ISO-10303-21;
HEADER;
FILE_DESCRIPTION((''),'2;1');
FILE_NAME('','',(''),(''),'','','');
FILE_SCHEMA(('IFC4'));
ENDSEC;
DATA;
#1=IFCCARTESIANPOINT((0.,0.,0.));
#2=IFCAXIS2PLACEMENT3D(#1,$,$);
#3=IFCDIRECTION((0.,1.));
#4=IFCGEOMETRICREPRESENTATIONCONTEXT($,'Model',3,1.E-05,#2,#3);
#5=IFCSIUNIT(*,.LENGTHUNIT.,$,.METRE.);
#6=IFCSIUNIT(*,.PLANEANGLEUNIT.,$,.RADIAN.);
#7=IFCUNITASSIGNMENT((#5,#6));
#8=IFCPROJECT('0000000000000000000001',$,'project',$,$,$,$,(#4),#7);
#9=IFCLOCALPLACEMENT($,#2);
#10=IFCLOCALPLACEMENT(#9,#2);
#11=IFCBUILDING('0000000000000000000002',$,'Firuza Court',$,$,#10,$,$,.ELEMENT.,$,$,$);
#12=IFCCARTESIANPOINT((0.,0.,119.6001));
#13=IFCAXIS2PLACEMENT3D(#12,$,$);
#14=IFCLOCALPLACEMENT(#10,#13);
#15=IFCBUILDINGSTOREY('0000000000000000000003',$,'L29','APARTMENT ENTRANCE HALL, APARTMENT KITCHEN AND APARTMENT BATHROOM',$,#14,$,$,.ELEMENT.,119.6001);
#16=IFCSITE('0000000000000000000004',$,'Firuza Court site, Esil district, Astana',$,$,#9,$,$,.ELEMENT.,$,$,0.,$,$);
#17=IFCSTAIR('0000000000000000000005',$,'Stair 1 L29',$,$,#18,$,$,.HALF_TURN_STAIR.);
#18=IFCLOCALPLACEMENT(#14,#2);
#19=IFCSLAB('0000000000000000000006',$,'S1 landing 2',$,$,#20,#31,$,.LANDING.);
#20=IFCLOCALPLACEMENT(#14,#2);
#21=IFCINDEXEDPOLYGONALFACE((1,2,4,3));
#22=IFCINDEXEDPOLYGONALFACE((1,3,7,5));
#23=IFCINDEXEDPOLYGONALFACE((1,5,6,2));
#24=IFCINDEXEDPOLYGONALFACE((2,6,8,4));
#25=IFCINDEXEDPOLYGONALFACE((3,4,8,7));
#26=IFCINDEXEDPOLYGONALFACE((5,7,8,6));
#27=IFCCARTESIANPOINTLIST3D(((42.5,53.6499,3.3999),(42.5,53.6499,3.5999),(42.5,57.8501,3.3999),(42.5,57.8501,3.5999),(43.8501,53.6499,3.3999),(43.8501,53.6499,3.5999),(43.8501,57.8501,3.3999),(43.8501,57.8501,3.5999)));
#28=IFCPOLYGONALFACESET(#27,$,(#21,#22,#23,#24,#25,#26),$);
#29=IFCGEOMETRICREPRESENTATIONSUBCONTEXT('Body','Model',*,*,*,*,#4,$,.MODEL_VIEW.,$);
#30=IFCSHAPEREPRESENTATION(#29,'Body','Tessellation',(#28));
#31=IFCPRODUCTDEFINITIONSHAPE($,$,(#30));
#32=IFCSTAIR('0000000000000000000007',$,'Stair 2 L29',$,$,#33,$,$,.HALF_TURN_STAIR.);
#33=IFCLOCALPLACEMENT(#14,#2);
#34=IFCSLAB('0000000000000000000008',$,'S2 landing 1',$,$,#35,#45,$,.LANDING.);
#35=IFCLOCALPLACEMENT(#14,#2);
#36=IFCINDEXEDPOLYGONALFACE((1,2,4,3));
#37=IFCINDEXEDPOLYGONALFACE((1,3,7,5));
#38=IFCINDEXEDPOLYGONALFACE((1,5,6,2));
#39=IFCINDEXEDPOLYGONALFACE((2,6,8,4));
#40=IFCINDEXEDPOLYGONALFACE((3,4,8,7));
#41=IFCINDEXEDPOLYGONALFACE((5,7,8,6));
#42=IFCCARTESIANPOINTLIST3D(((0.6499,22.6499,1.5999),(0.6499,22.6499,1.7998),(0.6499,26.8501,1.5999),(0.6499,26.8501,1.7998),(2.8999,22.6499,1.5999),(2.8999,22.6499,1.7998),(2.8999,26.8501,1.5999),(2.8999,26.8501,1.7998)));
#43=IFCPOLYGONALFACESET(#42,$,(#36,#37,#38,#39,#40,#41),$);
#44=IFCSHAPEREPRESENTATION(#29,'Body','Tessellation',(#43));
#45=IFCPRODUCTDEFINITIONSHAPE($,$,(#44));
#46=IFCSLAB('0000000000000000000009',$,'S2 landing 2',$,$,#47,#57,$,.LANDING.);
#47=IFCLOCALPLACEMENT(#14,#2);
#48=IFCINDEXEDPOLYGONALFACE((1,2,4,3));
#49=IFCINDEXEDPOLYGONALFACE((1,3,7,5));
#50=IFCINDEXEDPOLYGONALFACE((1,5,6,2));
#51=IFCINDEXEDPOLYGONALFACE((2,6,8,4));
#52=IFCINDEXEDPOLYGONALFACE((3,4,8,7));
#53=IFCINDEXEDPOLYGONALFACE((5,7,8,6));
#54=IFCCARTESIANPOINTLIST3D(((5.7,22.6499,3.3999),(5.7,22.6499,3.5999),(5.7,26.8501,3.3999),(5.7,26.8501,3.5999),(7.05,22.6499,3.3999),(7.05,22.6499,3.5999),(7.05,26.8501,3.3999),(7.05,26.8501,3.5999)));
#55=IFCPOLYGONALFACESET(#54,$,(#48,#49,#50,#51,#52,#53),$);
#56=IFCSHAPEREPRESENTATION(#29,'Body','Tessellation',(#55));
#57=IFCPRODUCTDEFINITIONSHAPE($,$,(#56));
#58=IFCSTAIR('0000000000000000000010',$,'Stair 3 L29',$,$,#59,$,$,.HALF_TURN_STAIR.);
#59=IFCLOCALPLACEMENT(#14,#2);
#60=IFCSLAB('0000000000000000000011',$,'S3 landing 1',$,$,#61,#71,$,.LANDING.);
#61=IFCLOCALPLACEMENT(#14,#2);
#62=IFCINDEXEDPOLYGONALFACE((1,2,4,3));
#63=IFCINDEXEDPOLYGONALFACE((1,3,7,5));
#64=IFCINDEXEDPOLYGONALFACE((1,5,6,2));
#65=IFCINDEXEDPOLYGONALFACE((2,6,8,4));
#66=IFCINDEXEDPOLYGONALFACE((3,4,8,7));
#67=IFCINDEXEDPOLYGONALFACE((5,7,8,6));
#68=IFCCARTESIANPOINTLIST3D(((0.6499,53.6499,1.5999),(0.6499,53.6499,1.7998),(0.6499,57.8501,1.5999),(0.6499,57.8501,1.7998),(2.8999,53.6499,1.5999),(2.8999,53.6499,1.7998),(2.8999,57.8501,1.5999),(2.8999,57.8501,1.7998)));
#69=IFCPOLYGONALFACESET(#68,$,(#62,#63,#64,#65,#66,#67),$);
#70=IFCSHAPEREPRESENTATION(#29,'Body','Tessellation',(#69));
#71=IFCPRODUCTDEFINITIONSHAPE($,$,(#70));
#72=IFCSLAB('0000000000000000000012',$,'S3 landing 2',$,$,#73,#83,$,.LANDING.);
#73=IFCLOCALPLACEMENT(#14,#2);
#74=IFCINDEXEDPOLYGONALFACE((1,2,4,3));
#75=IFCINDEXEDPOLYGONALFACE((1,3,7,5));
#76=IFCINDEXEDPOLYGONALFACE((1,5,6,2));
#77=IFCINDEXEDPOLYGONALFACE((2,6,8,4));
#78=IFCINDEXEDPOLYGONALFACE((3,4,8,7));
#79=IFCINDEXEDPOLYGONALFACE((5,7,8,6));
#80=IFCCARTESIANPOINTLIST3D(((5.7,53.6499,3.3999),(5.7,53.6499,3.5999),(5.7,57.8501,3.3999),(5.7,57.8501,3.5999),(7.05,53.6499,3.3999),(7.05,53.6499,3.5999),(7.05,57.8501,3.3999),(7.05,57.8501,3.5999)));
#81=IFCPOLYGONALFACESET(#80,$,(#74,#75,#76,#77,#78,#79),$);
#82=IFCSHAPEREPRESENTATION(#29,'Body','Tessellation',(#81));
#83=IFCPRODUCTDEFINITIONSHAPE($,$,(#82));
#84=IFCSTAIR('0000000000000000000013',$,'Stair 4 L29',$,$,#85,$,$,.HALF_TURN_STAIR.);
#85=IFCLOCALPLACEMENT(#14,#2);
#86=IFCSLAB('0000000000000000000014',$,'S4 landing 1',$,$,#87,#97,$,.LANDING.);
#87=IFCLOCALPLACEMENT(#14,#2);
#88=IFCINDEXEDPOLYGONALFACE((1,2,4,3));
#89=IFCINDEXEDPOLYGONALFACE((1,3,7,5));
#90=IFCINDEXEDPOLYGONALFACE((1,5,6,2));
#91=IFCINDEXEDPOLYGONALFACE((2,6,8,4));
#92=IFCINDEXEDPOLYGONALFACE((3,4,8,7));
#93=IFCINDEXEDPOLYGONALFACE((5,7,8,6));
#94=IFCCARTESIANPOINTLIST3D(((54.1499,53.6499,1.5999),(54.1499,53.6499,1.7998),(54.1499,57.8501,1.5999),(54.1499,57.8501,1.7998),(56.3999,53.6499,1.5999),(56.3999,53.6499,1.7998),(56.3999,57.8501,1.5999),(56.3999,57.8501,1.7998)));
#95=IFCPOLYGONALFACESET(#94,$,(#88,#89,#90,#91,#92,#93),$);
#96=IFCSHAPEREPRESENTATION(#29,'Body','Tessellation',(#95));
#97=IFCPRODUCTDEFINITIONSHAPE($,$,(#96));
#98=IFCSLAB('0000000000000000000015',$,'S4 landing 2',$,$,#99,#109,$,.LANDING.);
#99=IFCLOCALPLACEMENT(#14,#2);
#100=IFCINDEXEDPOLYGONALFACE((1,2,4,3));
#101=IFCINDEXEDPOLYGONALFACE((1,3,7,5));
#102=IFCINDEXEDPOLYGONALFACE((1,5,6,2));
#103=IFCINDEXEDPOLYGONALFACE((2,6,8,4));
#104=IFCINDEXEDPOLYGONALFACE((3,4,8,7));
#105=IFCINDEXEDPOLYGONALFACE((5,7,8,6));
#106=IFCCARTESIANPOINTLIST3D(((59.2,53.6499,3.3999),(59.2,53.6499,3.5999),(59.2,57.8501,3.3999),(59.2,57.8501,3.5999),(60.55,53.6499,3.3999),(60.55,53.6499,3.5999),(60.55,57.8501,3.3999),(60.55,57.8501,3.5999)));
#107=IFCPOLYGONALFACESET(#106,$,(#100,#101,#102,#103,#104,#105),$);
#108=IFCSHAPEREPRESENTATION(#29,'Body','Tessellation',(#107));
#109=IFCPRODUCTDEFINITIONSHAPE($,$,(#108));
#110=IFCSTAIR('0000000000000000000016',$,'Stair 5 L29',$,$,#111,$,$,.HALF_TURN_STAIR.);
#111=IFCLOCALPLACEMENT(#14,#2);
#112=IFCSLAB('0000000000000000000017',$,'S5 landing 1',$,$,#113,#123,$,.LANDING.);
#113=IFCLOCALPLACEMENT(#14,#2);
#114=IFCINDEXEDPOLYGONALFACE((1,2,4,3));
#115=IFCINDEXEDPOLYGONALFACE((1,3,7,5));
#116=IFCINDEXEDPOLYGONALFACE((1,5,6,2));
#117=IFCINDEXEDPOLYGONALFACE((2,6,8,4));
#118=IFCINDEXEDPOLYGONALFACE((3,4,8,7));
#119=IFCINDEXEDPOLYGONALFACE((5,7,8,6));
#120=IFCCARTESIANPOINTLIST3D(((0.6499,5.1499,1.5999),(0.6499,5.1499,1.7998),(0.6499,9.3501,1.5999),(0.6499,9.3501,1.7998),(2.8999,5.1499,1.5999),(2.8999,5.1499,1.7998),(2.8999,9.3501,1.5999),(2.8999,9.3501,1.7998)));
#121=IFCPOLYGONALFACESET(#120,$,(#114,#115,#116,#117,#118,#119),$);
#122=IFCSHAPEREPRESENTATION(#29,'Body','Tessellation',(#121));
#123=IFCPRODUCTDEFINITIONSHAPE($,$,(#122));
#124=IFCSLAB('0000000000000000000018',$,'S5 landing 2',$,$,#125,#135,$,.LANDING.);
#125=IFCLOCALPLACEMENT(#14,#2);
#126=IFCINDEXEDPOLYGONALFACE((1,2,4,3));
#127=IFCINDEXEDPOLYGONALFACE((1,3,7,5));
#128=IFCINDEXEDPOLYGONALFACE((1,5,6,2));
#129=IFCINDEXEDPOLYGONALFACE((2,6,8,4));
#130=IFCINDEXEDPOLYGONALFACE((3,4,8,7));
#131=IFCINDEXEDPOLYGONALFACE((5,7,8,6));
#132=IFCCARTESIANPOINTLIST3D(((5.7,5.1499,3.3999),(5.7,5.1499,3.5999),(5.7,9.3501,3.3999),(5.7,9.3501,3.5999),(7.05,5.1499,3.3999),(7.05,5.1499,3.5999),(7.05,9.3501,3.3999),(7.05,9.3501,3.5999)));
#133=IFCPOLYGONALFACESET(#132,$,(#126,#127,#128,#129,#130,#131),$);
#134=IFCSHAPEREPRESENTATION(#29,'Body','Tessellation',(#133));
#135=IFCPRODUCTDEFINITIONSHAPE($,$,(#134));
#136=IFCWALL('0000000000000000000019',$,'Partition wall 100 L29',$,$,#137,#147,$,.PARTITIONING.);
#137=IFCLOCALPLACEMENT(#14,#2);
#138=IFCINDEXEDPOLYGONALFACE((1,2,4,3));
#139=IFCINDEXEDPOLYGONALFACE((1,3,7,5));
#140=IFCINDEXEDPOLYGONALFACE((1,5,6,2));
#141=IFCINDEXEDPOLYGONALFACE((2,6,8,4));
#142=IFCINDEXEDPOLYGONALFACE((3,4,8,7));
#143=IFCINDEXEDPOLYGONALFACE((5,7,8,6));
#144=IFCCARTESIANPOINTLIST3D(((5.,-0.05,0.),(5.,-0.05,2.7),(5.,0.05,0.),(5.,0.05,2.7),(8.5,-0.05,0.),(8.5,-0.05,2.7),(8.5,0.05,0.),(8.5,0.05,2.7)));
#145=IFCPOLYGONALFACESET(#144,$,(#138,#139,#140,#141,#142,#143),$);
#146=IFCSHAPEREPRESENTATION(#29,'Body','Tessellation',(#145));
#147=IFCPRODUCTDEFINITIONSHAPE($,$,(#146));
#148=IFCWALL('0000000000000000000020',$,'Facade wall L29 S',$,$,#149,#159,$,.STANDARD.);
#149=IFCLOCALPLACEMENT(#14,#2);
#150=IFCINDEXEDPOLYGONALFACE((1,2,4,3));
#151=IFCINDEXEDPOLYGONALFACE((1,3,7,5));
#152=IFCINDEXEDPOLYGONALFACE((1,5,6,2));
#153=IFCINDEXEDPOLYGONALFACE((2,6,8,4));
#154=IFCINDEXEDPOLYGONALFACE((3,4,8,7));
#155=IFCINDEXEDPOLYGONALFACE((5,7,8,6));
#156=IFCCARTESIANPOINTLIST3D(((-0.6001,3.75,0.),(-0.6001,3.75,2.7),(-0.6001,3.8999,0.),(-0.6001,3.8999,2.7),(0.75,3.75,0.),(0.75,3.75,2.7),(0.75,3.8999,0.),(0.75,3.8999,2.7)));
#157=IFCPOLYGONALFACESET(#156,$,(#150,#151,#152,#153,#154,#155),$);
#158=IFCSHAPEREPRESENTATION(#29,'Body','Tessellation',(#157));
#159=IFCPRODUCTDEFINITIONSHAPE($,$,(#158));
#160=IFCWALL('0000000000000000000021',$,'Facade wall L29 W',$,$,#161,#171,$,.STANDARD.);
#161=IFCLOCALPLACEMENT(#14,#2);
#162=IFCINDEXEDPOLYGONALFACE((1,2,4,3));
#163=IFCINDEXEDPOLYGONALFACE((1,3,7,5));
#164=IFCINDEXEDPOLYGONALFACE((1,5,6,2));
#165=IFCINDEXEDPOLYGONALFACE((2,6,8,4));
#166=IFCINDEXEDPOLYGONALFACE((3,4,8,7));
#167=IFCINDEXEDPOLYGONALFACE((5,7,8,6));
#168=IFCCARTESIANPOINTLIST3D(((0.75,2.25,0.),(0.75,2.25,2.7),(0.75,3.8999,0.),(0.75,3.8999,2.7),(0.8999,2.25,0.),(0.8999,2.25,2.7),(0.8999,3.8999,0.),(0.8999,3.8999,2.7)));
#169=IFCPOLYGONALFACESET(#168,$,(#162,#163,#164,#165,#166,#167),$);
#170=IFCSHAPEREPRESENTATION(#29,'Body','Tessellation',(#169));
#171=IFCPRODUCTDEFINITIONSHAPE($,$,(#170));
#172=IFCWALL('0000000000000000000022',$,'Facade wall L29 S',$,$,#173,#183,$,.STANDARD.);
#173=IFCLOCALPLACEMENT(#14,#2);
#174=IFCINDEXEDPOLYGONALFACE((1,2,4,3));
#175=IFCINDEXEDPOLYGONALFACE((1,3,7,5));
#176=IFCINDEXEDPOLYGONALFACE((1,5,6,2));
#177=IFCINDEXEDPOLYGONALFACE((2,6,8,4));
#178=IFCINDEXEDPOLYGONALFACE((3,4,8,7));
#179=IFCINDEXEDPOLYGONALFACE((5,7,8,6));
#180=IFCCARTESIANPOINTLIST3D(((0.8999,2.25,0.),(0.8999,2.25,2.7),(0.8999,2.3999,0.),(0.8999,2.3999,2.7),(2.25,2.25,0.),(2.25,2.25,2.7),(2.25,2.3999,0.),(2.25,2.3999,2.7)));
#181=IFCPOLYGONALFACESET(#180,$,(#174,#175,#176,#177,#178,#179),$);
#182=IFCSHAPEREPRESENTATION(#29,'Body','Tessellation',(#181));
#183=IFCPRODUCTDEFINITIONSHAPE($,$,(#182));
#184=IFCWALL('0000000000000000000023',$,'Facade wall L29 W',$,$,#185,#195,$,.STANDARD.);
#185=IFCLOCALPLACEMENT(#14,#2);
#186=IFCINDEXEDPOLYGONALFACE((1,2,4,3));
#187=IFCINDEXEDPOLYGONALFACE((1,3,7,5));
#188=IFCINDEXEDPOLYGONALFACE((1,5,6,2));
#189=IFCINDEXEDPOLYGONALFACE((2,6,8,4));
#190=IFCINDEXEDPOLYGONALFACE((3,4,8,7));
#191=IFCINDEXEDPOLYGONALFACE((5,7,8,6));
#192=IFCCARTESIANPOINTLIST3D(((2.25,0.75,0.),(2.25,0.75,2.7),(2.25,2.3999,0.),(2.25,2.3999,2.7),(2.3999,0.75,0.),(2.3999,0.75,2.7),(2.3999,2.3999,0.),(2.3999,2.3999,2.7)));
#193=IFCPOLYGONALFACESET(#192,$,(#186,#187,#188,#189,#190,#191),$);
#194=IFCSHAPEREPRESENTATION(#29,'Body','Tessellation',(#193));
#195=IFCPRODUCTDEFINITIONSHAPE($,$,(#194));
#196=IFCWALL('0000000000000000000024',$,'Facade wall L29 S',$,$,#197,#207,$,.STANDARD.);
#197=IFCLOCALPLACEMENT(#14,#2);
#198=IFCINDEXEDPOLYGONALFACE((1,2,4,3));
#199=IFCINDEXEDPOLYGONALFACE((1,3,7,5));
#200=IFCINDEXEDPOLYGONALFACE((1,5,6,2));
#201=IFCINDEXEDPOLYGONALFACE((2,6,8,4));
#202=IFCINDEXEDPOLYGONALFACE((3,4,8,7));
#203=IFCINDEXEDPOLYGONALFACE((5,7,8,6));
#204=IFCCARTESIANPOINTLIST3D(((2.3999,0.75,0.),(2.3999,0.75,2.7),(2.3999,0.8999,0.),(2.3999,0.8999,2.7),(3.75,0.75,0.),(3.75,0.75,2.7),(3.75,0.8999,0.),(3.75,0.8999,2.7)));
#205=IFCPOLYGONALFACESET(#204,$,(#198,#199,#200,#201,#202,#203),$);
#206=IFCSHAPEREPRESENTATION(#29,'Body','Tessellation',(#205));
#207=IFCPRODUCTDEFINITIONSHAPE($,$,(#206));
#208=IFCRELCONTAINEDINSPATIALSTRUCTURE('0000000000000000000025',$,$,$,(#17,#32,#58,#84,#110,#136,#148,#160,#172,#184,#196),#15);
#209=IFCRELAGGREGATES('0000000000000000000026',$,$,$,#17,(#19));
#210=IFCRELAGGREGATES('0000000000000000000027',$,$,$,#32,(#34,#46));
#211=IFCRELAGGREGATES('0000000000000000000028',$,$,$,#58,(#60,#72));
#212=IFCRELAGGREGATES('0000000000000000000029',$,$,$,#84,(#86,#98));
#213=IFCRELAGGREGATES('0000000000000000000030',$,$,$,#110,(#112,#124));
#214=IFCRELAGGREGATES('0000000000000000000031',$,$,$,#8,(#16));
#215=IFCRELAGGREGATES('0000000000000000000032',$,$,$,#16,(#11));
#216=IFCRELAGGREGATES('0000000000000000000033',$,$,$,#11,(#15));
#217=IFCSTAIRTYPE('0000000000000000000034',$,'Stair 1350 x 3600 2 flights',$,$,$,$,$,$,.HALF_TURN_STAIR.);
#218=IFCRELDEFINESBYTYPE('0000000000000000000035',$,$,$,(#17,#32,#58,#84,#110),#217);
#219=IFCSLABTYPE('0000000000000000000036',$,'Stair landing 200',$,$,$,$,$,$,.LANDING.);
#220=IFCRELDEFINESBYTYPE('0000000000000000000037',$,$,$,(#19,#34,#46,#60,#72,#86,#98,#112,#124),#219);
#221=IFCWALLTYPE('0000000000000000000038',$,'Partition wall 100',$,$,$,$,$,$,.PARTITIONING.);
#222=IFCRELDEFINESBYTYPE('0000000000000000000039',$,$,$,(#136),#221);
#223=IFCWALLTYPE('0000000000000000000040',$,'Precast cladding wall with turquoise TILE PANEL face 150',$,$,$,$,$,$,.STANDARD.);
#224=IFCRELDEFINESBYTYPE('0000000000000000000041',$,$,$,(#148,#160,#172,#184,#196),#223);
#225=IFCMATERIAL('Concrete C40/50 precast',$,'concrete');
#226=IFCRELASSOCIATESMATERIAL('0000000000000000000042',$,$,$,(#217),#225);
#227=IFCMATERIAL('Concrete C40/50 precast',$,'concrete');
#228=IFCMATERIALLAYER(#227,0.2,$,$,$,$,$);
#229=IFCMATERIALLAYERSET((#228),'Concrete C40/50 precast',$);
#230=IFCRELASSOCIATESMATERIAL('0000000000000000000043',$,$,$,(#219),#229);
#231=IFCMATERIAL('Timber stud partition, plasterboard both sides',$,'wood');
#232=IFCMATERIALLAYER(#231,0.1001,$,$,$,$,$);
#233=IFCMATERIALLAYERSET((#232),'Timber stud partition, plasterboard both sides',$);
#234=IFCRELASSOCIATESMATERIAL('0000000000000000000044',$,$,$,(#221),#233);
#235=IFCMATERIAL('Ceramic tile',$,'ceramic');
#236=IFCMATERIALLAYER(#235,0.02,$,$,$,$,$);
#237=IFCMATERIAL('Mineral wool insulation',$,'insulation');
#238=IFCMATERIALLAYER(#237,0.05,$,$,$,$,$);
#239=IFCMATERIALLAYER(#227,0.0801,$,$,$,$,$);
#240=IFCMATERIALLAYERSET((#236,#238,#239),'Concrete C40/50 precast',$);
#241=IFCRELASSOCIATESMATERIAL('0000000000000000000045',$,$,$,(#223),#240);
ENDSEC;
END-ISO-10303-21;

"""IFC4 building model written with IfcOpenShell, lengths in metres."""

from ifc_helpers import new_model, si_unit, direction, frame, frame_2d, origin, place, context, subcontext, project, spatial, polyline, rectangle, outline, extrude, material, layer, layer_set, type_object, element, aggregate, save


model = new_model("IFC4")

# Units and contexts
model_context = context("Model", 3, precision=1e-05, world=origin(), true_north=direction((0.0, 1.0)))
body_context = subcontext(model_context, "Body", "Model", "MODEL_VIEW")
ifc_project = project(units=[si_unit("LENGTHUNIT", "METRE"), si_unit("PLANEANGLEUNIT", "RADIAN")], contexts=[model_context])

# Site, building, storey
site_placement = place(None, origin())
site = spatial("IfcSite", under=ifc_project, at=site_placement, Name="Firuza Court site, Esil district, Astana", CompositionType="ELEMENT", RefElevation=0.0)
building_placement = place(site_placement, origin())
building = spatial("IfcBuilding", under=site, at=building_placement, Name="Firuza Court", CompositionType="ELEMENT")
storey_placement = place(building_placement, frame((0.0, 0.0, 119.6001)))
storey = spatial("IfcBuildingStorey", under=building, at=storey_placement, Name="L29", Description="APARTMENT ENTRANCE HALL, APARTMENT KITCHEN AND APARTMENT BATHROOM", CompositionType="ELEMENT", Elevation=119.6001)

# Stairs, slabs
ifc_material_1 = material(Name="Concrete C40/50 precast", Category="concrete")
stair_type = type_object("IfcStairType", Name="Stair 1350 x 3600 2 flights", PredefinedType="HALF_TURN_STAIR", material=ifc_material_1)
stair_1_placement = place(storey_placement, origin())
stair_1 = element("IfcStair", 1, at=stair_1_placement, inside=storey, type_object=stair_type, Name="Stair 1 L29", PredefinedType="HALF_TURN_STAIR")
ifc_material_2 = material(Name="Concrete C40/50 precast", Category="concrete")
ifc_layer_1 = layer(ifc_material_2, 0.2)
ifc_layer_set_1 = layer_set([ifc_layer_1], Name="Concrete C40/50 precast")
slab_type_1 = type_object("IfcSlabType", Name="Stair landing 200", PredefinedType="LANDING", material=ifc_layer_set_1)
slab_1_placement = place(storey_placement, frame((0.0, 0.0, 3.3999)))
slab_1 = element("IfcSlab", 2, at=slab_1_placement, type_object=slab_type_1, Name="S1 landing 2", PredefinedType="LANDING", context=body_context, shape_type="SweptSolid", body=[
    extrude(outline(polyline([(43.8501, 53.6499), (43.8501, 57.8501), (42.5, 57.8501), (42.5, 53.6499), (43.8501, 53.6499)])), origin(), (0.0, 0.0, 1.0), 0.2),
])
aggregate(stair_1, [slab_1])
stair_2_placement = place(storey_placement, origin())
stair_2 = element("IfcStair", 3, at=stair_2_placement, inside=storey, type_object=stair_type, Name="Stair 2 L29", PredefinedType="HALF_TURN_STAIR")
slab_2_placement = place(storey_placement, frame((0.0, 0.0, 1.5999)))
slab_2 = element("IfcSlab", 4, at=slab_2_placement, type_object=slab_type_1, Name="S2 landing 1", PredefinedType="LANDING", context=body_context, shape_type="SweptSolid", body=[
    extrude(outline(polyline([(2.8999, 22.6499), (2.8999, 26.8501), (0.6499, 26.8501), (0.6499, 22.6499), (2.8999, 22.6499)])), origin(), (0.0, 0.0, 1.0), 0.2),
])
slab_3_placement = place(storey_placement, frame((0.0, 0.0, 3.3999)))
slab_3 = element("IfcSlab", 5, at=slab_3_placement, type_object=slab_type_1, Name="S2 landing 2", PredefinedType="LANDING", context=body_context, shape_type="SweptSolid", body=[
    extrude(outline(polyline([(7.05, 22.6499), (7.05, 26.8501), (5.7, 26.8501), (5.7, 22.6499), (7.05, 22.6499)])), origin(), (0.0, 0.0, 1.0), 0.2),
])
aggregate(stair_2, [slab_2, slab_3])
stair_3_placement = place(storey_placement, origin())
stair_3 = element("IfcStair", 6, at=stair_3_placement, inside=storey, type_object=stair_type, Name="Stair 3 L29", PredefinedType="HALF_TURN_STAIR")
slab_4_placement = place(storey_placement, frame((0.0, 0.0, 1.5999)))
slab_4 = element("IfcSlab", 7, at=slab_4_placement, type_object=slab_type_1, Name="S3 landing 1", PredefinedType="LANDING", context=body_context, shape_type="SweptSolid", body=[
    extrude(outline(polyline([(2.8999, 53.6499), (2.8999, 57.8501), (0.6499, 57.8501), (0.6499, 53.6499), (2.8999, 53.6499)])), origin(), (0.0, 0.0, 1.0), 0.2),
])
slab_5_placement = place(storey_placement, frame((0.0, 0.0, 3.3999)))
slab_5 = element("IfcSlab", 8, at=slab_5_placement, type_object=slab_type_1, Name="S3 landing 2", PredefinedType="LANDING", context=body_context, shape_type="SweptSolid", body=[
    extrude(outline(polyline([(7.05, 53.6499), (7.05, 57.8501), (5.7, 57.8501), (5.7, 53.6499), (7.05, 53.6499)])), origin(), (0.0, 0.0, 1.0), 0.2),
])
aggregate(stair_3, [slab_4, slab_5])
stair_4_placement = place(storey_placement, origin())
stair_4 = element("IfcStair", 9, at=stair_4_placement, inside=storey, type_object=stair_type, Name="Stair 4 L29", PredefinedType="HALF_TURN_STAIR")
slab_6_placement = place(storey_placement, frame((0.0, 0.0, 1.5999)))
slab_6 = element("IfcSlab", 10, at=slab_6_placement, type_object=slab_type_1, Name="S4 landing 1", PredefinedType="LANDING", context=body_context, shape_type="SweptSolid", body=[
    extrude(outline(polyline([(56.3999, 53.6499), (56.3999, 57.8501), (54.1499, 57.8501), (54.1499, 53.6499), (56.3999, 53.6499)])), origin(), (0.0, 0.0, 1.0), 0.2),
])
slab_7_placement = place(storey_placement, frame((0.0, 0.0, 3.3999)))
slab_7 = element("IfcSlab", 11, at=slab_7_placement, type_object=slab_type_1, Name="S4 landing 2", PredefinedType="LANDING", context=body_context, shape_type="SweptSolid", body=[
    extrude(outline(polyline([(60.55, 53.6499), (60.55, 57.8501), (59.2, 57.8501), (59.2, 53.6499), (60.55, 53.6499)])), origin(), (0.0, 0.0, 1.0), 0.2),
])
aggregate(stair_4, [slab_6, slab_7])
stair_5_placement = place(storey_placement, origin())
stair_5 = element("IfcStair", 12, at=stair_5_placement, inside=storey, type_object=stair_type, Name="Stair 5 L29", PredefinedType="HALF_TURN_STAIR")
slab_8_placement = place(storey_placement, frame((0.0, 0.0, 1.5999)))
slab_8 = element("IfcSlab", 13, at=slab_8_placement, type_object=slab_type_1, Name="S5 landing 1", PredefinedType="LANDING", context=body_context, shape_type="SweptSolid", body=[
    extrude(outline(polyline([(2.8999, 5.1499), (2.8999, 9.3501), (0.6499, 9.3501), (0.6499, 5.1499), (2.8999, 5.1499)])), origin(), (0.0, 0.0, 1.0), 0.2),
])
slab_9_placement = place(storey_placement, frame((0.0, 0.0, 3.3999)))
slab_9 = element("IfcSlab", 14, at=slab_9_placement, type_object=slab_type_1, Name="S5 landing 2", PredefinedType="LANDING", context=body_context, shape_type="SweptSolid", body=[
    extrude(outline(polyline([(7.05, 5.1499), (7.05, 9.3501), (5.7, 9.3501), (5.7, 5.1499), (7.05, 5.1499)])), origin(), (0.0, 0.0, 1.0), 0.2),
])
aggregate(stair_5, [slab_8, slab_9])

# Walls
ifc_material_3 = material(Name="Timber stud partition, plasterboard both sides", Category="wood")
ifc_layer_2 = layer(ifc_material_3, 0.1001)
ifc_layer_set_2 = layer_set([ifc_layer_2], Name="Timber stud partition, plasterboard both sides")
wall_type_1 = type_object("IfcWallType", Name="Partition wall 100", PredefinedType="PARTITIONING", material=ifc_layer_set_2)
wall_1_placement = place(storey_placement, frame((5.0, 0.0, 0.0), z_axis=(0.0, 0.0, 1.0), x_axis=(1.0, 0.0, 0.0)))
element("IfcWall", 15, at=wall_1_placement, inside=storey, type_object=wall_type_1, Name="Partition wall 100 L29", PredefinedType="PARTITIONING", context=body_context, shape_type="SweptSolid", body=[
    extrude(rectangle(XDim=3.5, YDim=0.1001, at=frame_2d((1.75, 0.0))), origin(), (0.0, 0.0, 1.0), 2.7),
])
ifc_material_4 = material(Name="Ceramic tile", Category="ceramic")
ifc_layer_3 = layer(ifc_material_4, 0.02)
ifc_material_5 = material(Name="Mineral wool insulation", Category="insulation")
ifc_layer_4 = layer(ifc_material_5, 0.05)
ifc_layer_5 = layer(ifc_material_2, 0.0801)
ifc_layer_set_3 = layer_set([ifc_layer_3, ifc_layer_4, ifc_layer_5], Name="Concrete C40/50 precast")
wall_type_2 = type_object("IfcWallType", Name="Precast cladding wall with turquoise TILE PANEL face 150", PredefinedType="STANDARD", material=ifc_layer_set_3)
wall_2_placement = place(storey_placement, frame((-0.6001, 3.825, 0.0), z_axis=(0.0, 0.0, 1.0), x_axis=(1.0, 0.0, 0.0)))
element("IfcWall", 16, at=wall_2_placement, inside=storey, type_object=wall_type_2, Name="Facade wall L29 S", PredefinedType="STANDARD", context=body_context, shape_type="SweptSolid", body=[
    extrude(rectangle(XDim=1.3501, YDim=0.1499, at=frame_2d((0.675, 0.0))), origin(), (0.0, 0.0, 1.0), 2.7),
])
wall_3_placement = place(storey_placement, frame((0.825, 3.8999, 0.0), z_axis=(0.0, 0.0, 1.0), x_axis=(0.0, -1.0, 0.0)))
element("IfcWall", 17, at=wall_3_placement, inside=storey, type_object=wall_type_2, Name="Facade wall L29 W", PredefinedType="STANDARD", context=body_context, shape_type="SweptSolid", body=[
    extrude(rectangle(XDim=1.6499, YDim=0.1499, at=frame_2d((0.825, 0.0))), origin(), (0.0, 0.0, 1.0), 2.7),
])
wall_4_placement = place(storey_placement, frame((0.8999, 2.325, 0.0), z_axis=(0.0, 0.0, 1.0), x_axis=(1.0, 0.0, 0.0)))
element("IfcWall", 18, at=wall_4_placement, inside=storey, type_object=wall_type_2, Name="Facade wall L29 S", PredefinedType="STANDARD", context=body_context, shape_type="SweptSolid", body=[
    extrude(rectangle(XDim=1.3501, YDim=0.1499, at=frame_2d((0.675, 0.0))), origin(), (0.0, 0.0, 1.0), 2.7),
])
wall_5_placement = place(storey_placement, frame((2.325, 2.3999, 0.0), z_axis=(0.0, 0.0, 1.0), x_axis=(0.0, -1.0, 0.0)))
element("IfcWall", 19, at=wall_5_placement, inside=storey, type_object=wall_type_2, Name="Facade wall L29 W", PredefinedType="STANDARD", context=body_context, shape_type="SweptSolid", body=[
    extrude(rectangle(XDim=1.6499, YDim=0.1499, at=frame_2d((0.825, 0.0))), origin(), (0.0, 0.0, 1.0), 2.7),
])
wall_6_placement = place(storey_placement, frame((2.3999, 0.825, 0.0), z_axis=(0.0, 0.0, 1.0), x_axis=(1.0, 0.0, 0.0)))
element("IfcWall", 20, at=wall_6_placement, inside=storey, type_object=wall_type_2, Name="Facade wall L29 S", PredefinedType="STANDARD", context=body_context, shape_type="SweptSolid", body=[
    extrude(rectangle(XDim=1.3501, YDim=0.1499, at=frame_2d((0.675, 0.0))), origin(), (0.0, 0.0, 1.0), 2.7),
])

save(model, "model.ifc")
